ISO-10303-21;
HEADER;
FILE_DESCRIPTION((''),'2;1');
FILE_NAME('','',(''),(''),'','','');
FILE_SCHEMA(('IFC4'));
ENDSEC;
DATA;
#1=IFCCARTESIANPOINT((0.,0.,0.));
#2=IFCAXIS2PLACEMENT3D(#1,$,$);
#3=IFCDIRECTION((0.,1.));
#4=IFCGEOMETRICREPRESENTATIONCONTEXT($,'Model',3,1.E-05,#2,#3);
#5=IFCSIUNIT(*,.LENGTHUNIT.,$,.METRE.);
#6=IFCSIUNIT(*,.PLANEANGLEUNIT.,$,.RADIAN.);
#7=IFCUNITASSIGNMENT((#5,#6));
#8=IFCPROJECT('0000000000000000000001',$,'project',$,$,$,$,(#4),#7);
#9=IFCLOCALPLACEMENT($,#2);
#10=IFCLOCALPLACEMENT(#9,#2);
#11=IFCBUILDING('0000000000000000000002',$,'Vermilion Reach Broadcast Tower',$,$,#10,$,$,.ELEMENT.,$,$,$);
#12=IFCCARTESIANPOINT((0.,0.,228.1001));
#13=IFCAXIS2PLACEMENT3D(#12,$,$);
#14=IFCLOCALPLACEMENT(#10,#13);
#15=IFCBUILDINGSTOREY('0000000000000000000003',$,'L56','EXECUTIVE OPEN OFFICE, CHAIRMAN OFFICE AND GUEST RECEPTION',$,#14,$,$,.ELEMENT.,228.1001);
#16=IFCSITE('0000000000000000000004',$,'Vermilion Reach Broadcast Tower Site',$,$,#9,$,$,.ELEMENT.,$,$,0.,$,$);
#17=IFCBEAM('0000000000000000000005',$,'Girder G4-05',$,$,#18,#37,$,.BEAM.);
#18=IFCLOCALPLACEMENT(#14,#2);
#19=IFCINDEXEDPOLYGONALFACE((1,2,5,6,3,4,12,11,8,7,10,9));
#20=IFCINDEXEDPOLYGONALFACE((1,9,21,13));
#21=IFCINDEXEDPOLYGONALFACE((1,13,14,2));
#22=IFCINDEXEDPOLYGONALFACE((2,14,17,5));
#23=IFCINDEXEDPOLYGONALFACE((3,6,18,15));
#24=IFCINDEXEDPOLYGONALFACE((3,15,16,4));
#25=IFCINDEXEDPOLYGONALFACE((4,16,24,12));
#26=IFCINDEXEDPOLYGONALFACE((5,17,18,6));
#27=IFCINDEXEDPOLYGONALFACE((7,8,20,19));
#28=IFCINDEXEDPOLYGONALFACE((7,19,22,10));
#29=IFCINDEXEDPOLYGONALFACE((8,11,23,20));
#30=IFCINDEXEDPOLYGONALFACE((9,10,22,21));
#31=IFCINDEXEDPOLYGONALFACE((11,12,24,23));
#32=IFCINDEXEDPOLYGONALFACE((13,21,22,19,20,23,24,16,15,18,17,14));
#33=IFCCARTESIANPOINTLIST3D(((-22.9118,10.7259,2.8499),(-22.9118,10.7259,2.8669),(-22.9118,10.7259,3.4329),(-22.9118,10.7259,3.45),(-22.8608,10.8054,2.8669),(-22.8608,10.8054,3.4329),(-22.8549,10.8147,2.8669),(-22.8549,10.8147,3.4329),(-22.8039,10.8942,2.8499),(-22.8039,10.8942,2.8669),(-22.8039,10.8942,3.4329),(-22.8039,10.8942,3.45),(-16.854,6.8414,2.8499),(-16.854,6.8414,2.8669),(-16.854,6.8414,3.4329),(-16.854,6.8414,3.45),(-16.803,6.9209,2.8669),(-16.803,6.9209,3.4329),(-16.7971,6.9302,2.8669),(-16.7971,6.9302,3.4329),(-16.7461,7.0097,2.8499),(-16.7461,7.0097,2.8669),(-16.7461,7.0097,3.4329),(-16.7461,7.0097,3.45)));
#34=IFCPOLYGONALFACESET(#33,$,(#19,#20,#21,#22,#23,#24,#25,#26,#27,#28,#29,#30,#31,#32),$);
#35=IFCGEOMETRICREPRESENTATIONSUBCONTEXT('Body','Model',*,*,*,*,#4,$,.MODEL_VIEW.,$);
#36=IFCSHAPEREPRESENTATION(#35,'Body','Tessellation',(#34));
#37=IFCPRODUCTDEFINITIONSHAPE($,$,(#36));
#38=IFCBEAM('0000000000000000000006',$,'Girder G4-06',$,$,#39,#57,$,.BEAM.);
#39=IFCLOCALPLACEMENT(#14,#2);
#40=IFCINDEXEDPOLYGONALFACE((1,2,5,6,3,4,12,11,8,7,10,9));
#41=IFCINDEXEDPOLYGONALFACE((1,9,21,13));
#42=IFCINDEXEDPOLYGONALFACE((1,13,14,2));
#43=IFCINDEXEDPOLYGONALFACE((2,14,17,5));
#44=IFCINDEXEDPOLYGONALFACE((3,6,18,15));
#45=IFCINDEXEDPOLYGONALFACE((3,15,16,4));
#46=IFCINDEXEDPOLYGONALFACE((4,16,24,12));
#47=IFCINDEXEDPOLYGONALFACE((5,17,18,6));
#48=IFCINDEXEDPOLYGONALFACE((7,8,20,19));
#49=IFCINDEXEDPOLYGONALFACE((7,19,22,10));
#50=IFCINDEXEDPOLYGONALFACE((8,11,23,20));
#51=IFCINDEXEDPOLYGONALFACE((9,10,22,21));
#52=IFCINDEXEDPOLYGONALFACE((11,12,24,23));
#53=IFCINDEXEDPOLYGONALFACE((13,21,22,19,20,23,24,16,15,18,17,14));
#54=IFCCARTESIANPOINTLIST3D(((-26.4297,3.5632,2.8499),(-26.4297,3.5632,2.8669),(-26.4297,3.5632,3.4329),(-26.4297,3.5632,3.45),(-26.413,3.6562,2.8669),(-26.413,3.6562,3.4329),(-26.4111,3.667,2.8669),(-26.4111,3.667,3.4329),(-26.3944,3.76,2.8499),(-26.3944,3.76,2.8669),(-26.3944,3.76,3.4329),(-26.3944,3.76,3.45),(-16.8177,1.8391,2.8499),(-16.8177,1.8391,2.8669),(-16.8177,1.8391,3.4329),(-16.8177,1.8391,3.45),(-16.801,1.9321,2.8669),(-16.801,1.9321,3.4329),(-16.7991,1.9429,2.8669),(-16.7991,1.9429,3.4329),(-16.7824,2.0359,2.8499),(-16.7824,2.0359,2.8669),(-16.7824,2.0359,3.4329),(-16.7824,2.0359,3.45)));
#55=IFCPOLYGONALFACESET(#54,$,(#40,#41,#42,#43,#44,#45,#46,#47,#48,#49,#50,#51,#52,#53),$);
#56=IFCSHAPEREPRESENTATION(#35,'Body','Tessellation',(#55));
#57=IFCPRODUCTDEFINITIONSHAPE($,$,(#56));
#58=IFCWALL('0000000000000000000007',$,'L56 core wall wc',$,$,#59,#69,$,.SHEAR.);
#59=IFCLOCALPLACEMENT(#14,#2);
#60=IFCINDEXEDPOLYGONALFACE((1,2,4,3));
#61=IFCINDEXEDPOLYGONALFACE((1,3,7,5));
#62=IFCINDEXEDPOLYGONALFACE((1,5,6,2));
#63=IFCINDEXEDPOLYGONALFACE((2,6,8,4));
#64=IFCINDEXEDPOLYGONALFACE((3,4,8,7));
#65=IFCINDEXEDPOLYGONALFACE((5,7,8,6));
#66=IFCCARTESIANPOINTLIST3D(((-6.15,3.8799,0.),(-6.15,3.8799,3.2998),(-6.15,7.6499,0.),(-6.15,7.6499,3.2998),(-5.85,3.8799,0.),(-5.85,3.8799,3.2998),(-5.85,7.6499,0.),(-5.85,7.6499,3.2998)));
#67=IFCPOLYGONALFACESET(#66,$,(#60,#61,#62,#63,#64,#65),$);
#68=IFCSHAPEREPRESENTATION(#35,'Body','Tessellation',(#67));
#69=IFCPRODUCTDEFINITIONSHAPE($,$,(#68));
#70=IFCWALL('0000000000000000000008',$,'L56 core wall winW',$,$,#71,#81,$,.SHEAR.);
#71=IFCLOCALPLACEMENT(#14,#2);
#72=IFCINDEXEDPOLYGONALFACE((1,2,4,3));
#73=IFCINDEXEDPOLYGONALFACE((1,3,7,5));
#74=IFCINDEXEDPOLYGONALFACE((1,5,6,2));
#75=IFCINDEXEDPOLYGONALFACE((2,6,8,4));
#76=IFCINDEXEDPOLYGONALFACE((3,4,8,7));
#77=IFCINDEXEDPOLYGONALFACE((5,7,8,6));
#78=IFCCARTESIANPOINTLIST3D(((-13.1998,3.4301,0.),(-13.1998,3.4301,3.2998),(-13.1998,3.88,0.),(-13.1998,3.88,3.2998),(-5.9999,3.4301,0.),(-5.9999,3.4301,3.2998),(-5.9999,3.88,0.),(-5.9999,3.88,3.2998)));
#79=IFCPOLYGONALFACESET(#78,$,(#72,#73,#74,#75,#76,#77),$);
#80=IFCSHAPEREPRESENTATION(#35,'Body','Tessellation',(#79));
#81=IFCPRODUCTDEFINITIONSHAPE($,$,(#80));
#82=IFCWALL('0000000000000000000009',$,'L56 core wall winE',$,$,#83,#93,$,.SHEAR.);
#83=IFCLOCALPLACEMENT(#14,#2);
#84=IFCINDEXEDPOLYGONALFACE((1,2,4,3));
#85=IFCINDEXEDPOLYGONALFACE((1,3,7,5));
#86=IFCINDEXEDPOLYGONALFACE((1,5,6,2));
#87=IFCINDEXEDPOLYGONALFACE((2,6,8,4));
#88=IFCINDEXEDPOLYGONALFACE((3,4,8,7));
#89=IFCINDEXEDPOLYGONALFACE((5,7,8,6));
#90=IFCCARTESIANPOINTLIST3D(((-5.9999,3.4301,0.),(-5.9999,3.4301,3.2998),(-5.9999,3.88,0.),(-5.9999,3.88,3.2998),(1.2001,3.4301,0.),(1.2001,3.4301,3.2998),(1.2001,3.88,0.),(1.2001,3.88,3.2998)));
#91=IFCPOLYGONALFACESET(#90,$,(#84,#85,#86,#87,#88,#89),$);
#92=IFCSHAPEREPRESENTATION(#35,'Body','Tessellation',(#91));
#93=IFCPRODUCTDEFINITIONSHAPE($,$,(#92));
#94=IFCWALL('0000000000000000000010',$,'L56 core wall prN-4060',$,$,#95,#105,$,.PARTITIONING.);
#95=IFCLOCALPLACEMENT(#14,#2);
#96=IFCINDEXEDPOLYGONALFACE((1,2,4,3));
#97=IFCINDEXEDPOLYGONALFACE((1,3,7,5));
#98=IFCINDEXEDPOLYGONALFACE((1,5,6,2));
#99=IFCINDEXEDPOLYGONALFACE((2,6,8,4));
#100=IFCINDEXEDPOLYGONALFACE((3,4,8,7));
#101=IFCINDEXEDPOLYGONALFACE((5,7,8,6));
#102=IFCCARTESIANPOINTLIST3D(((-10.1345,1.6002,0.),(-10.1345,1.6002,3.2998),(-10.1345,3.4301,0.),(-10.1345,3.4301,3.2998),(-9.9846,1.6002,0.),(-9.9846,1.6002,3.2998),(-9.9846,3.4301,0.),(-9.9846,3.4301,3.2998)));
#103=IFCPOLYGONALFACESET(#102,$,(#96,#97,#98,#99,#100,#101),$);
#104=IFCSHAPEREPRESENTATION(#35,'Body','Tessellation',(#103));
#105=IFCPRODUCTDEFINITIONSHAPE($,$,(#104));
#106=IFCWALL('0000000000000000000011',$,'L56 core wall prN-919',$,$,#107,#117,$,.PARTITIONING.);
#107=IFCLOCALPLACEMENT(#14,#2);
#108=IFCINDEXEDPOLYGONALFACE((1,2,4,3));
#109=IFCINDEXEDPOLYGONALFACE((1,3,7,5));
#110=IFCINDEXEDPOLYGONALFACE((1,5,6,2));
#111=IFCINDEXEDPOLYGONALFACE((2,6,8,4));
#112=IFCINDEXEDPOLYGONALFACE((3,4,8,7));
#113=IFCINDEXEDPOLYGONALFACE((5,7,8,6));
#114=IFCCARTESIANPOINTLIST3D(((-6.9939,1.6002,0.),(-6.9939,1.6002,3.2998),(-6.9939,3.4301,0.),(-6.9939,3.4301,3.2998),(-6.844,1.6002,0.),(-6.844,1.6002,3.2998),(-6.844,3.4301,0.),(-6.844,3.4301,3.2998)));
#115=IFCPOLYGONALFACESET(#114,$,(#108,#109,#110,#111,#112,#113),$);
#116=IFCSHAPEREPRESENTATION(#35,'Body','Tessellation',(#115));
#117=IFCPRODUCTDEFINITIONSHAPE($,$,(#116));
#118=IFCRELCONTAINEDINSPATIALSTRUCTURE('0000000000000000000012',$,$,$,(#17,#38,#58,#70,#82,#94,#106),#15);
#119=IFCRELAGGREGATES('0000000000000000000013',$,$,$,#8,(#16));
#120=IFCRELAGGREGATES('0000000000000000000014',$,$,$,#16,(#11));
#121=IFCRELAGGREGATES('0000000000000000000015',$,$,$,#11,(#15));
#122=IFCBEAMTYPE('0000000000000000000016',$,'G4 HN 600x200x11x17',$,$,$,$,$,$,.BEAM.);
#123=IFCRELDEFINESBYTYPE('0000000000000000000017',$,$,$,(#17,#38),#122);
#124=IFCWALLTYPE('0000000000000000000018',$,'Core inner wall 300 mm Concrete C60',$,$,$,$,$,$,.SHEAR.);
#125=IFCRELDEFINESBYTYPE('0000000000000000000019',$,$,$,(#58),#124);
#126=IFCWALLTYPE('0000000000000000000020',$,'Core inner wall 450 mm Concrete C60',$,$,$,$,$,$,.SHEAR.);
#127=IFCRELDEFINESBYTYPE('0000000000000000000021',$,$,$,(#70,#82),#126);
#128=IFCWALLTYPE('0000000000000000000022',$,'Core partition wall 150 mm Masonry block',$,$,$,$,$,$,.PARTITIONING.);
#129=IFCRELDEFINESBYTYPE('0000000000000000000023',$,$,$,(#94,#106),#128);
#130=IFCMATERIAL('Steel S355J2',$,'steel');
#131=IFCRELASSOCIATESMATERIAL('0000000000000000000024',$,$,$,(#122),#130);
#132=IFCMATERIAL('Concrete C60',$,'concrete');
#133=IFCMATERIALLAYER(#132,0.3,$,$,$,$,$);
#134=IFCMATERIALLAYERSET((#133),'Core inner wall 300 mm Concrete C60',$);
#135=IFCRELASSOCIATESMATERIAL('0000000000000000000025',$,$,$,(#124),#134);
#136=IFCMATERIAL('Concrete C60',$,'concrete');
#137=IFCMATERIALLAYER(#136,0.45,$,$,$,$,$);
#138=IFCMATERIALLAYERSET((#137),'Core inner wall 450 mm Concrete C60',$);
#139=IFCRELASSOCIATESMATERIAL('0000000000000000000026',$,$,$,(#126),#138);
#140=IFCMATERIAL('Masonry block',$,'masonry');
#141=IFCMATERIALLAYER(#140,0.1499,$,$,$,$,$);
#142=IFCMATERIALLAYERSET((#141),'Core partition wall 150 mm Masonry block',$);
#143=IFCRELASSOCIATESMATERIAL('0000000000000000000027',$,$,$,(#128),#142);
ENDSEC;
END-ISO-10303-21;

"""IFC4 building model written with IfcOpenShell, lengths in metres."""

from ifc_helpers import new_model, si_unit, direction, frame, frame_2d, origin, origin_2d, place, context, subcontext, project, spatial, rectangle, i_section, extrude, material, layer, layer_set, material_profile, profile_set, type_object, element, save


model = new_model("IFC4")

# Units and contexts
model_context = context("Model", 3, precision=1e-05, world=origin(), true_north=direction((0.0, 1.0)))
body_context = subcontext(model_context, "Body", "Model", "MODEL_VIEW")
ifc_project = project(units=[si_unit("LENGTHUNIT", "METRE"), si_unit("PLANEANGLEUNIT", "RADIAN")], contexts=[model_context])

# Site, building, storey
site_placement = place(None, origin())
site = spatial("IfcSite", under=ifc_project, at=site_placement, Name="Vermilion Reach Broadcast Tower Site", CompositionType="ELEMENT", RefElevation=0.0)
building_placement = place(site_placement, origin())
building = spatial("IfcBuilding", under=site, at=building_placement, Name="Vermilion Reach Broadcast Tower", CompositionType="ELEMENT")
storey_placement = place(building_placement, frame((0.0, 0.0, 228.1001)))
storey = spatial("IfcBuildingStorey", under=building, at=storey_placement, Name="L56", Description="EXECUTIVE OPEN OFFICE, CHAIRMAN OFFICE AND GUEST RECEPTION", CompositionType="ELEMENT", Elevation=228.1001)

# Beams
ifc_material_1 = material(Name="Steel S355J2", Category="steel")
ifc_material_profile = material_profile(ifc_material_1, i_section(OverallWidth=0.2, OverallDepth=0.6001, WebThickness=0.011, FlangeThickness=0.0171, at=origin_2d()), Name="S355J2 HN 600x200x11x17")
ifc_profile_set = profile_set([ifc_material_profile], Name="Steel S355J2")
beam_type = type_object("IfcBeamType", Name="G4 HN 600x200x11x17", PredefinedType="BEAM", material=ifc_profile_set)
beam_1_placement = place(storey_placement, frame((-16.8, 6.9255, 3.1499), z_axis=(-0.841799, 0.539792, 0.0), x_axis=(-0.539792, -0.841799, 0.0)))
element("IfcBeam", 1, at=beam_1_placement, inside=storey, type_object=beam_type, Name="Girder G4-05", PredefinedType="BEAM", context=body_context, shape_type="SweptSolid", body=[
    extrude(i_section(OverallWidth=0.2, OverallDepth=0.6001, WebThickness=0.011, FlangeThickness=0.0171, at=origin_2d()), origin(), (0.0, 0.0, 1.0), 7.1963),
])
beam_2_placement = place(storey_placement, frame((-16.8, 1.9375, 3.1499), z_axis=(-0.984291, 0.176553, 0.0), x_axis=(-0.176553, -0.984291, 0.0)))
element("IfcBeam", 2, at=beam_2_placement, inside=storey, type_object=beam_type, Name="Girder G4-06", PredefinedType="BEAM", context=body_context, shape_type="SweptSolid", body=[
    extrude(i_section(OverallWidth=0.2, OverallDepth=0.6001, WebThickness=0.011, FlangeThickness=0.0171, at=origin_2d()), origin(), (0.0, 0.0, 1.0), 9.7654),
])

# Walls
ifc_material_2 = material(Name="Concrete C60", Category="concrete")
ifc_layer_1 = layer(ifc_material_2, 0.3)
ifc_layer_set_1 = layer_set([ifc_layer_1], Name="Core inner wall 300 mm Concrete C60")
wall_type_1 = type_object("IfcWallType", Name="Core inner wall 300 mm Concrete C60", PredefinedType="SHEAR", material=ifc_layer_set_1)
wall_1_placement = place(storey_placement, frame((-6.0, 3.8799, 0.0), z_axis=(0.0, 0.0, 1.0), x_axis=(0.0, 1.0, 0.0)))
element("IfcWall", 3, at=wall_1_placement, inside=storey, type_object=wall_type_1, Name="L56 core wall wc", PredefinedType="SHEAR", context=body_context, shape_type="SweptSolid", body=[
    extrude(rectangle(XDim=3.77, YDim=0.3, at=frame_2d((1.885, 0.0))), origin(), (0.0, 0.0, 1.0), 3.2998),
])
ifc_material_3 = material(Name="Concrete C60", Category="concrete")
ifc_layer_2 = layer(ifc_material_3, 0.45)
ifc_layer_set_2 = layer_set([ifc_layer_2], Name="Core inner wall 450 mm Concrete C60")
wall_type_2 = type_object("IfcWallType", Name="Core inner wall 450 mm Concrete C60", PredefinedType="SHEAR", material=ifc_layer_set_2)
for number, where, z_axis, x_axis, name in (
    (4, (-13.2, 3.655, 0.0), (0.0, 0.0, 1.0), (1.0, 0.0, 0.0), "L56 core wall winW"),
    (5, (-6.0, 3.655, 0.0), (0.0, 0.0, 1.0), (1.0, 0.0, 0.0), "L56 core wall winE"),
):
    element("IfcWall", number, at=place(storey_placement, frame(where, z_axis=z_axis, x_axis=x_axis)), inside=storey, type_object=wall_type_2, Name=name, PredefinedType="SHEAR", context=body_context, shape_type="SweptSolid", body=[
        extrude(rectangle(XDim=7.2, YDim=0.45, at=frame_2d((3.6001, 0.0))), origin(), (0.0, 0.0, 1.0), 3.2998),
    ])
ifc_material_4 = material(Name="Masonry block", Category="masonry")
ifc_layer_3 = layer(ifc_material_4, 0.1499)
ifc_layer_set_3 = layer_set([ifc_layer_3], Name="Core partition wall 150 mm Masonry block")
wall_type_3 = type_object("IfcWallType", Name="Core partition wall 150 mm Masonry block", PredefinedType="PARTITIONING", material=ifc_layer_set_3)
for number, where, z_axis, x_axis, name in (
    (6, (-10.0596, 1.6001, 0.0), (0.0, 0.0, 1.0), (0.0, 1.0, 0.0), "L56 core wall prN-4060"),
    (7, (-6.9189, 1.6001, 0.0), (0.0, 0.0, 1.0), (0.0, 1.0, 0.0), "L56 core wall prN-919"),
):
    element("IfcWall", number, at=place(storey_placement, frame(where, z_axis=z_axis, x_axis=x_axis)), inside=storey, type_object=wall_type_3, Name=name, PredefinedType="PARTITIONING", context=body_context, shape_type="SweptSolid", body=[
        extrude(rectangle(XDim=1.8298, YDim=0.1499, at=frame_2d((0.915, 0.0))), origin(), (0.0, 0.0, 1.0), 3.2998),
    ])

save(model, "model.ifc")
